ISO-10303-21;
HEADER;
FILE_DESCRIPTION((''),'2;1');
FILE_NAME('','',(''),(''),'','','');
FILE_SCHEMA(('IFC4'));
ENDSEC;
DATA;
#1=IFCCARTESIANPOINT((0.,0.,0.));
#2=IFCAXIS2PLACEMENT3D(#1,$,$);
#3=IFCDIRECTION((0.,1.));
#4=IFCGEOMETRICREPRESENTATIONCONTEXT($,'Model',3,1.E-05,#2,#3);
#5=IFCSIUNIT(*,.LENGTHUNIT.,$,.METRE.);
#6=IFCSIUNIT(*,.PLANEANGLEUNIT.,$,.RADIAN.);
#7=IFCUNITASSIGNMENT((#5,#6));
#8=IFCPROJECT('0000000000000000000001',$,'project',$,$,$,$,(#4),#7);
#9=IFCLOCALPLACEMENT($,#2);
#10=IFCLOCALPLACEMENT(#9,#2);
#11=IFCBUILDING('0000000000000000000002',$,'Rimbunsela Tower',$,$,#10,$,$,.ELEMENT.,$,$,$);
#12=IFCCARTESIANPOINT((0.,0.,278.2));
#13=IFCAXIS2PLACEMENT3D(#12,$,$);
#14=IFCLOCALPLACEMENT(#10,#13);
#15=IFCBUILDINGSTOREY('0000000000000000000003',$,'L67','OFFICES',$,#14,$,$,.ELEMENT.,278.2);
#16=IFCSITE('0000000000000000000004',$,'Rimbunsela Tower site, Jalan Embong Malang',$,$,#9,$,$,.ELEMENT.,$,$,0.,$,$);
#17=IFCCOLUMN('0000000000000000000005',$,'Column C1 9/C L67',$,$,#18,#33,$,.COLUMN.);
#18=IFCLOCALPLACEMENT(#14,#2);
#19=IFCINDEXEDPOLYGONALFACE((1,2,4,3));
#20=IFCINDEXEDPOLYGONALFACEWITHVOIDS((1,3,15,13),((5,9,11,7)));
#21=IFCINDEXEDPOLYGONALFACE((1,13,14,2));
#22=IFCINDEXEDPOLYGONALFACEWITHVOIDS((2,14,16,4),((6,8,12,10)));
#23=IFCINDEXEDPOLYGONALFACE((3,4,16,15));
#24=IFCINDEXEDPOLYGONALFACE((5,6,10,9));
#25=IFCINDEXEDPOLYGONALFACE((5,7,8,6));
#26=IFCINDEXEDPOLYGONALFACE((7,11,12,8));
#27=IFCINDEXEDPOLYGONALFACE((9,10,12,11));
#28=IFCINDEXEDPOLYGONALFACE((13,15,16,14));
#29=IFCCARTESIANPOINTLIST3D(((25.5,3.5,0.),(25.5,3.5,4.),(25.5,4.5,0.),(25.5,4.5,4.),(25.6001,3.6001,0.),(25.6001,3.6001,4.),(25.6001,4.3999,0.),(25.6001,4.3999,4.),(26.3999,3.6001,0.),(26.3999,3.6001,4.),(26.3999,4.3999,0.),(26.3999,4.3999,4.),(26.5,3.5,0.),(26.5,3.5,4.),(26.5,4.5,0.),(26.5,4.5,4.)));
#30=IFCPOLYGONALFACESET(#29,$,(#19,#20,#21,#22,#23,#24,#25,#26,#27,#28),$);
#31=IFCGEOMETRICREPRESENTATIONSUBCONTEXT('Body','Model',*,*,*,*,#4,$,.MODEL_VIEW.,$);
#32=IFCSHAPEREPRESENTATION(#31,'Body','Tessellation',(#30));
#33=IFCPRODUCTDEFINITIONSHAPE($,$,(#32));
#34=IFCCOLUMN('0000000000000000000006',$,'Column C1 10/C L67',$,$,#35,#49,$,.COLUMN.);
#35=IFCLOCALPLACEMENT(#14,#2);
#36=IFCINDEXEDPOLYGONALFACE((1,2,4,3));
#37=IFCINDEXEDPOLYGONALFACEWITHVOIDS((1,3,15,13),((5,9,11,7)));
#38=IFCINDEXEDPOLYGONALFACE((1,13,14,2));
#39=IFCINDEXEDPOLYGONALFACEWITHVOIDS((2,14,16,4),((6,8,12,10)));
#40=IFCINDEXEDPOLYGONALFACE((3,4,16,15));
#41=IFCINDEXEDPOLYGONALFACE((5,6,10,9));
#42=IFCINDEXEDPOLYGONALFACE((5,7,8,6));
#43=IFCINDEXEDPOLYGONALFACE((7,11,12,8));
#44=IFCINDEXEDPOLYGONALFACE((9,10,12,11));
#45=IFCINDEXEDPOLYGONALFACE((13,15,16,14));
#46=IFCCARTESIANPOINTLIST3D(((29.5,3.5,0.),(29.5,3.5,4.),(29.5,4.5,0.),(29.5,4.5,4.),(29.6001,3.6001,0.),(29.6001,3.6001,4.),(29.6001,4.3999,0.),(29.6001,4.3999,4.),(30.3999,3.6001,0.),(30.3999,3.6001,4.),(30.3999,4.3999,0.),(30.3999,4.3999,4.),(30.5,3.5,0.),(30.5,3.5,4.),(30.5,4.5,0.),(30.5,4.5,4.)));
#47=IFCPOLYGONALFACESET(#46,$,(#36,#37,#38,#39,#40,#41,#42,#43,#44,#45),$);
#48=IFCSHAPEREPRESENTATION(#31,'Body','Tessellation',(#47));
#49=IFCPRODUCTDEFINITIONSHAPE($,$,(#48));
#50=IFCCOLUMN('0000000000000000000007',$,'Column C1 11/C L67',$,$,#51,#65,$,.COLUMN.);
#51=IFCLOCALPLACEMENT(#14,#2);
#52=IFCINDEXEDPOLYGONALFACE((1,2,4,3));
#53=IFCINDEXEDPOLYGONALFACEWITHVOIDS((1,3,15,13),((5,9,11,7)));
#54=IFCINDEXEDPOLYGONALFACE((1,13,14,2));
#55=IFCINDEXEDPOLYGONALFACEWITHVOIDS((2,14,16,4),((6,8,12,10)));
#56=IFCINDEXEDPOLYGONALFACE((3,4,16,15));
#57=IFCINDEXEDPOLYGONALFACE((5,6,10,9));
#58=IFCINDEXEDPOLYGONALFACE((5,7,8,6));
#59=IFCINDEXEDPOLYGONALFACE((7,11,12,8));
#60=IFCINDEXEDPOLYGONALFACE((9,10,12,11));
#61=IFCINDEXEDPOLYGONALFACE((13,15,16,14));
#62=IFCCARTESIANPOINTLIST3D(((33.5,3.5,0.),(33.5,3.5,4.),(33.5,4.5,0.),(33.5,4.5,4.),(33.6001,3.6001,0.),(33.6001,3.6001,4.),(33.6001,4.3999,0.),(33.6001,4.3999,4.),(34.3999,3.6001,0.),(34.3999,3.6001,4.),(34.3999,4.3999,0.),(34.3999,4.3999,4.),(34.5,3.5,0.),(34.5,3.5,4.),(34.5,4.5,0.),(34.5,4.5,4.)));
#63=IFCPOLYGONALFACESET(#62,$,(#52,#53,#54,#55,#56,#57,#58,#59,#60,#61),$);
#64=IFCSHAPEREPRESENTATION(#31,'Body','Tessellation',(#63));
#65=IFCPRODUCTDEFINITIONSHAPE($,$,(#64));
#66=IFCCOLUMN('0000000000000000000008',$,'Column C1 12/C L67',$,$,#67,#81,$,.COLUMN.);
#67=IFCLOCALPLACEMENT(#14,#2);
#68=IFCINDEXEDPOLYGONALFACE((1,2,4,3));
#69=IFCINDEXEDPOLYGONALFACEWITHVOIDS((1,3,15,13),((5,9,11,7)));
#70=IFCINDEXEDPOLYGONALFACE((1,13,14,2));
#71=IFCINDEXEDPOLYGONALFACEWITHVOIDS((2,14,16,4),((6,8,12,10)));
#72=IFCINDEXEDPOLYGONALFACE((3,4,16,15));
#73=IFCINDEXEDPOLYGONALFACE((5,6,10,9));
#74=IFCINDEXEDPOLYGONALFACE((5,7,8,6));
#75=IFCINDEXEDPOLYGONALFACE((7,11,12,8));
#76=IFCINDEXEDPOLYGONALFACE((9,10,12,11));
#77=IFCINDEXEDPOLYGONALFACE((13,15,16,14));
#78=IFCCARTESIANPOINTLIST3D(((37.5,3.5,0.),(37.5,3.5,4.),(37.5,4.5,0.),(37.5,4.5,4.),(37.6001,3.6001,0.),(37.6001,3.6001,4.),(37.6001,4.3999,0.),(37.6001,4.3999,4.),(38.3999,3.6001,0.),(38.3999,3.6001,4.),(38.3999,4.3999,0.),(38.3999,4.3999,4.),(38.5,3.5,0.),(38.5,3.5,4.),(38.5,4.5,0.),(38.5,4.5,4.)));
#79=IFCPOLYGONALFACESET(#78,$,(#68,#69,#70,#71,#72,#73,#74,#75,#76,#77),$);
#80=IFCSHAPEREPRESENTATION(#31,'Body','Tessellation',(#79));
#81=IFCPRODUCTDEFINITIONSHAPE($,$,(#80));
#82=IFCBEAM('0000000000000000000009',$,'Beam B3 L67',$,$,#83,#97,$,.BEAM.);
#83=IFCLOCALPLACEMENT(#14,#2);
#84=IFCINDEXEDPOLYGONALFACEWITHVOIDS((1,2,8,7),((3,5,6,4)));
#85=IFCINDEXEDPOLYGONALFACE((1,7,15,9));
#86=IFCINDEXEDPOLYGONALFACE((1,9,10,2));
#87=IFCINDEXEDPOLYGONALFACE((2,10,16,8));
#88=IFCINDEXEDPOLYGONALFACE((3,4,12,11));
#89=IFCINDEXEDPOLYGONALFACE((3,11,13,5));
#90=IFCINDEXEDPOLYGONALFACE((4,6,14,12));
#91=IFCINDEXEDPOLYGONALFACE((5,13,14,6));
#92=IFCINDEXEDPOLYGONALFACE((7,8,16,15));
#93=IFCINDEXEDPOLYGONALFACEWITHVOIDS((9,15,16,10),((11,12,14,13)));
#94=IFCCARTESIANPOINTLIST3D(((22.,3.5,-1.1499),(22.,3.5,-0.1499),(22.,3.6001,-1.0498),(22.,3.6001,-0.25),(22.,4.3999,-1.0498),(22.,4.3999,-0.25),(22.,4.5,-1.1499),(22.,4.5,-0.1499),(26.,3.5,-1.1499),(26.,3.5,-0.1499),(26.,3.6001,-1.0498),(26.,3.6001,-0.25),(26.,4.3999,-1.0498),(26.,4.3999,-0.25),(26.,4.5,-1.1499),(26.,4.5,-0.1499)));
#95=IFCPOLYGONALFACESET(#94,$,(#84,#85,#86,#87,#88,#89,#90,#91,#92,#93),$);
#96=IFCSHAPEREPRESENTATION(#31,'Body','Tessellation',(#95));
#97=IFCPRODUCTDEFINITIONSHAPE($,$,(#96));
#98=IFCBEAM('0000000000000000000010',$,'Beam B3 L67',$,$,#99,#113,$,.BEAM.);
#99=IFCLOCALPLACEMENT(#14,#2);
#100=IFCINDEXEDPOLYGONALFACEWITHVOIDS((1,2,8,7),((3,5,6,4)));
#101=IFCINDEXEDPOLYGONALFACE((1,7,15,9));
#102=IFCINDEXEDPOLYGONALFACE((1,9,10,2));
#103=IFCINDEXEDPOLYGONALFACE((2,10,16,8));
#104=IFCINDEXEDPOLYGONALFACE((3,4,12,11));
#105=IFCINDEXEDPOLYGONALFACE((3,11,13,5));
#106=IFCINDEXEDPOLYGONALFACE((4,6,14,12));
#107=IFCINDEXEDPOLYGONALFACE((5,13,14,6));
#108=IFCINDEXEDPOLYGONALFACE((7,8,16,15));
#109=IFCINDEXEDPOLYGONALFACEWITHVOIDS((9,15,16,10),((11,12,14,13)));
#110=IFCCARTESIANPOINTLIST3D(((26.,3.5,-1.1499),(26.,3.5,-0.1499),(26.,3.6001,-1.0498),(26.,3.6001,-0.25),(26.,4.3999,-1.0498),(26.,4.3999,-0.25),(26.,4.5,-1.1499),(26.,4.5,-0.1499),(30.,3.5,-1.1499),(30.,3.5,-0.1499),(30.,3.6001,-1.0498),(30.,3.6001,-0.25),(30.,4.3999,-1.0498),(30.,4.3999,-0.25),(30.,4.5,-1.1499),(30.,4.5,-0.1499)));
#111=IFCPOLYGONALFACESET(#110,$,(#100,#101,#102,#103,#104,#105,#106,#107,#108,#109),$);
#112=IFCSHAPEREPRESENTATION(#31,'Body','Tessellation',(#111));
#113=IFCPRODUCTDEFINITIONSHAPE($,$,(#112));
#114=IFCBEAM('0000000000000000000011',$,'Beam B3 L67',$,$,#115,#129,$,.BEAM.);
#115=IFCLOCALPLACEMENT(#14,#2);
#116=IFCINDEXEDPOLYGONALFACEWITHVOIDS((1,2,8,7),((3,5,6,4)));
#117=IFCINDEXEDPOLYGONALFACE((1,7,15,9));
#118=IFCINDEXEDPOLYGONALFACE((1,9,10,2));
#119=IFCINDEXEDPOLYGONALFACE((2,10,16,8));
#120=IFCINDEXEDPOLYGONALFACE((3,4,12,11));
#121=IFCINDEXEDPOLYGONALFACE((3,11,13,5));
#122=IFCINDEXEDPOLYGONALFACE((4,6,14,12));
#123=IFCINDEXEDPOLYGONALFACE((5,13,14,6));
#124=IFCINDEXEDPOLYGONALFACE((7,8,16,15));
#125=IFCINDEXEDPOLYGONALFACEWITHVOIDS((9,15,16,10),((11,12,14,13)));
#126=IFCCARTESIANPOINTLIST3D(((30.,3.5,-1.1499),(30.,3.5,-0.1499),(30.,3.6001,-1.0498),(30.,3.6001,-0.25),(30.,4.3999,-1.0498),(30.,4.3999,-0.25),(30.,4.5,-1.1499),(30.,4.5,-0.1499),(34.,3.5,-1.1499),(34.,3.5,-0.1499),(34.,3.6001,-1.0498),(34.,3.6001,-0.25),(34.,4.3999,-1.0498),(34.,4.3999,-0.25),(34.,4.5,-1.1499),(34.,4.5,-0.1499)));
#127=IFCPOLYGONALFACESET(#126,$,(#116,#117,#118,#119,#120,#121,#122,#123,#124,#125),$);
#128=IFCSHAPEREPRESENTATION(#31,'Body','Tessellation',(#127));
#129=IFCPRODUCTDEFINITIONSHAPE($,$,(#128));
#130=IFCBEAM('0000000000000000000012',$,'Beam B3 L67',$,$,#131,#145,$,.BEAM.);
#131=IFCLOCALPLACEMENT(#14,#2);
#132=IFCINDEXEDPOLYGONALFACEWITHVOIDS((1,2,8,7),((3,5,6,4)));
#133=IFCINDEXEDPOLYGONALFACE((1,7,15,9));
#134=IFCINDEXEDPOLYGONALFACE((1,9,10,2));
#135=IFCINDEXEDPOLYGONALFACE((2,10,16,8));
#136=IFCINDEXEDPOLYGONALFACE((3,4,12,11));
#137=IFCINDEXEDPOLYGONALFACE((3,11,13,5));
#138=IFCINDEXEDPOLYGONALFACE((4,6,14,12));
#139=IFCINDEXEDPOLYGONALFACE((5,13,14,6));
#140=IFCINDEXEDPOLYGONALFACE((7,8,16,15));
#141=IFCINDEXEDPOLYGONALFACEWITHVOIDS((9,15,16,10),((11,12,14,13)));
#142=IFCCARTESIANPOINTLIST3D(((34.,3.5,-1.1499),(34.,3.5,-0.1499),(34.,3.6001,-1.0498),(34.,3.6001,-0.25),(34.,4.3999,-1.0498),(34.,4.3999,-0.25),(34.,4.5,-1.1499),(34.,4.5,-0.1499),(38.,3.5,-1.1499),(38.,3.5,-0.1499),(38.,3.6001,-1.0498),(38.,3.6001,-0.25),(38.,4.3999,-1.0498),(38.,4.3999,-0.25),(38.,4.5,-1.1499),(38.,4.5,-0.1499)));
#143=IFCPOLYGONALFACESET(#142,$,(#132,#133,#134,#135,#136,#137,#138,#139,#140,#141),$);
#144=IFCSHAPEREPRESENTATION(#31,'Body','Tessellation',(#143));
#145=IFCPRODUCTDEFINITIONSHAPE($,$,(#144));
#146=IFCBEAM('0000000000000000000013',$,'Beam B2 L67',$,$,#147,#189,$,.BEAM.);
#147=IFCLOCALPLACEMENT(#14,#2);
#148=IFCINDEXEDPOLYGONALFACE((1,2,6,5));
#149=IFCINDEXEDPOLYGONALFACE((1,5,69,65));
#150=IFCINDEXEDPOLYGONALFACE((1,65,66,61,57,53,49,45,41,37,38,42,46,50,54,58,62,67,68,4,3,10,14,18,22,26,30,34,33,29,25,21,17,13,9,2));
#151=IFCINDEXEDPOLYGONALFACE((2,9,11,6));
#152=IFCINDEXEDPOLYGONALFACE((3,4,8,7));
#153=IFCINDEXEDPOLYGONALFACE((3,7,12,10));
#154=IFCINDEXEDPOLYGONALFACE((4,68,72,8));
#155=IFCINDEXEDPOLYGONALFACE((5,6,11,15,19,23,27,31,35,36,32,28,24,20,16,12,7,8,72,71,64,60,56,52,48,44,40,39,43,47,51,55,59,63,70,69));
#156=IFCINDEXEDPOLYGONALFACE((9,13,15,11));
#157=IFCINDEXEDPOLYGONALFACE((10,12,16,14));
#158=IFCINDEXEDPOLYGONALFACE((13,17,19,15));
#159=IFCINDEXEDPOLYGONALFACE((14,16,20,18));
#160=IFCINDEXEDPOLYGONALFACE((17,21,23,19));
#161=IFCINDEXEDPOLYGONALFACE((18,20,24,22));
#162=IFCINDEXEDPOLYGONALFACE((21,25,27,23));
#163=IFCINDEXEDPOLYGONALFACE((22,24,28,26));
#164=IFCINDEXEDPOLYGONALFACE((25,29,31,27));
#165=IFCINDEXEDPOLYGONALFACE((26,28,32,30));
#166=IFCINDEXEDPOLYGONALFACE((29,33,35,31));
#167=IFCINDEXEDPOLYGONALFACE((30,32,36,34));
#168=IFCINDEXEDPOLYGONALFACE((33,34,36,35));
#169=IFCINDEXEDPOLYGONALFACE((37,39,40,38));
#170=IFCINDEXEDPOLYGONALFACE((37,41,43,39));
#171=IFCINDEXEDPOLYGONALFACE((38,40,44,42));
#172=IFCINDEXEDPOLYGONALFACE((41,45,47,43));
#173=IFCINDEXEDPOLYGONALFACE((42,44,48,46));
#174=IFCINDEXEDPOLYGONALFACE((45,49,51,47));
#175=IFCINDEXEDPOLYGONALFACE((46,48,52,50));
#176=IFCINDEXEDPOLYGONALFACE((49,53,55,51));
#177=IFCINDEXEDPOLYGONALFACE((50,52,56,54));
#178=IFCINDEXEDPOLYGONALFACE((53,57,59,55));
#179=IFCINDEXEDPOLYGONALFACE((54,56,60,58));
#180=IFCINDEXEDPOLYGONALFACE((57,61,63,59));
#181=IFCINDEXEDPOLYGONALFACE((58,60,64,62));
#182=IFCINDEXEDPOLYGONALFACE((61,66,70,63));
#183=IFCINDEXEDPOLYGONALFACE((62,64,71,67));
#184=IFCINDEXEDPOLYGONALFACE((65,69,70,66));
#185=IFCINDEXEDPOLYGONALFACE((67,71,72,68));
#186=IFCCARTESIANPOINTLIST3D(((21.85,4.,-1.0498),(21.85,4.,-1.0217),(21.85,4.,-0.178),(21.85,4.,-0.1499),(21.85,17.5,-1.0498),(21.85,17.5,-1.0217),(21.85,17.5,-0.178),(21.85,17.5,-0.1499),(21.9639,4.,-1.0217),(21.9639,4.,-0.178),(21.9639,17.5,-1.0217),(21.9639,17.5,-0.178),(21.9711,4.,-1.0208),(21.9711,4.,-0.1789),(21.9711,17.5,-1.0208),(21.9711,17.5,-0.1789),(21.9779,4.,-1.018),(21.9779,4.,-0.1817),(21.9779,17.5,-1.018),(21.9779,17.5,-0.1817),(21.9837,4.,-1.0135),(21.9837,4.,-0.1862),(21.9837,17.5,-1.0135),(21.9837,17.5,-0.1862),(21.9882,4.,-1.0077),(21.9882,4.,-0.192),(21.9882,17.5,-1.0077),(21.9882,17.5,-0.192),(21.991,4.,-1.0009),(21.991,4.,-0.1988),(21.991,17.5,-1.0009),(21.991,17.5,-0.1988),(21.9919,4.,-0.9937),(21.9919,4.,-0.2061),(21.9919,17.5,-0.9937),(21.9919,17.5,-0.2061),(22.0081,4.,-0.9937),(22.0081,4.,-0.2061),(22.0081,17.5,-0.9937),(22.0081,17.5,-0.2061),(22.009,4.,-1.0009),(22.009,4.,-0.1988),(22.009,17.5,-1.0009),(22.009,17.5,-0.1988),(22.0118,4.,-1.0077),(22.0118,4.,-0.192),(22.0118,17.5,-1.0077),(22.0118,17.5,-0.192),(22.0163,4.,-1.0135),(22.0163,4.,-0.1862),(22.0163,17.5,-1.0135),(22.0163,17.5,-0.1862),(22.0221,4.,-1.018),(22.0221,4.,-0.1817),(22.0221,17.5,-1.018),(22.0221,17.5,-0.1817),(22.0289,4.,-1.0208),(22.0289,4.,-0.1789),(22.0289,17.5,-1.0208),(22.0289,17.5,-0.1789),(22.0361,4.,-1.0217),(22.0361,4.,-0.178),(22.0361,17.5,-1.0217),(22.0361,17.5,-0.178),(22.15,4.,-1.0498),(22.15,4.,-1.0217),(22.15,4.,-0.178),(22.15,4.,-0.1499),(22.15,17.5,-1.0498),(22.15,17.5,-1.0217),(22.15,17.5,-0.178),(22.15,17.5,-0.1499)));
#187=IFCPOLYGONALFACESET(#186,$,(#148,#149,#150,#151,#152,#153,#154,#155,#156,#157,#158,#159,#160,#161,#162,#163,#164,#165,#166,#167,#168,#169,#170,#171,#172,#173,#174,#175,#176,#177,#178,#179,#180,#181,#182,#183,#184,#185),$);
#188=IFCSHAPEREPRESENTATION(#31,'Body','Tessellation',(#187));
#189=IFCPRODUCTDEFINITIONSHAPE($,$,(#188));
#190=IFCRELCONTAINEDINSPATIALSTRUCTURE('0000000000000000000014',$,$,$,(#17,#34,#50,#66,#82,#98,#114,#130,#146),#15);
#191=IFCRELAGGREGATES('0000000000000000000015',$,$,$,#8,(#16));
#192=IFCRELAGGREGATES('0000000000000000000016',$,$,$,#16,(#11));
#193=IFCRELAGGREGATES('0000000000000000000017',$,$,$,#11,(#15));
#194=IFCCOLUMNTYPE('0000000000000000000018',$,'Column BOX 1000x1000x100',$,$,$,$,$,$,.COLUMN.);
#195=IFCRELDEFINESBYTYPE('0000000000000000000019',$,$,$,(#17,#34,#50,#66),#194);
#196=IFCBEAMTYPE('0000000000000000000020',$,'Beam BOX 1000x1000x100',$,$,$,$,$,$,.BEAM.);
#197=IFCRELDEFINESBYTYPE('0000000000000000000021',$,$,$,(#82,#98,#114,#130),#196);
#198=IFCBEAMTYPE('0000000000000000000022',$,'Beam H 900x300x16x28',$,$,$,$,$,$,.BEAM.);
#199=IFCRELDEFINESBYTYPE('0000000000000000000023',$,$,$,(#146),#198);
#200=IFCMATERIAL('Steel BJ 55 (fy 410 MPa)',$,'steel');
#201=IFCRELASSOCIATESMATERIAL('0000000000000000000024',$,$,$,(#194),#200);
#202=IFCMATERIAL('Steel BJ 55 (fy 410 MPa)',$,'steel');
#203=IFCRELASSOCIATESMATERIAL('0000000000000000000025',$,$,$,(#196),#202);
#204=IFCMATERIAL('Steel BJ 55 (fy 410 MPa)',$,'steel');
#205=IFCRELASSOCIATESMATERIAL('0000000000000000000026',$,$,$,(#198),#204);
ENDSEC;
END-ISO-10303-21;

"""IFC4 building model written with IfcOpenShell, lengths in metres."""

from ifc_helpers import new_model, si_unit, direction, frame, origin, origin_2d, place, context, subcontext, project, spatial, hollow_rectangle, i_section, extrude, material, material_profile, profile_set, type_object, element, save


model = new_model("IFC4")

# Units and contexts
model_context = context("Model", 3, precision=1e-05, world=origin(), true_north=direction((0.0, 1.0)))
body_context = subcontext(model_context, "Body", "Model", "MODEL_VIEW")
ifc_project = project(units=[si_unit("LENGTHUNIT", "METRE"), si_unit("PLANEANGLEUNIT", "RADIAN")], contexts=[model_context])

# Site, building, storey
site_placement = place(None, origin())
site = spatial("IfcSite", under=ifc_project, at=site_placement, Name="Rimbunsela Tower site, Jalan Embong Malang", CompositionType="ELEMENT", RefElevation=0.0)
building_placement = place(site_placement, origin())
building = spatial("IfcBuilding", under=site, at=building_placement, Name="Rimbunsela Tower", CompositionType="ELEMENT")
storey_placement = place(building_placement, frame((0.0, 0.0, 278.2)))
storey = spatial("IfcBuildingStorey", under=building, at=storey_placement, Name="L67", Description="OFFICES", CompositionType="ELEMENT", Elevation=278.2)

# Columns
ifc_material_1 = material(Name="Steel BJ 55 (fy 410 MPa)", Category="steel")
ifc_material_profile_1 = material_profile(ifc_material_1, hollow_rectangle(XDim=1.0, YDim=1.0, WallThickness=0.1001, at=origin_2d()), Name="BOX 1000x1000x100")
ifc_profile_set_1 = profile_set([ifc_material_profile_1], Name="Steel BJ 55 (fy 410 MPa)")
column_type = type_object("IfcColumnType", Name="Column BOX 1000x1000x100", PredefinedType="COLUMN", material=ifc_profile_set_1)
for number, where, z_axis, x_axis, name in (
    (1, (26.0, 4.0, 0.0), (0.0, 0.0, 1.0), (1.0, 0.0, 0.0), "Column C1 9/C L67"),
    (2, (30.0, 4.0, 0.0), (0.0, 0.0, 1.0), (1.0, 0.0, 0.0), "Column C1 10/C L67"),
    (3, (34.0, 4.0, 0.0), (0.0, 0.0, 1.0), (1.0, 0.0, 0.0), "Column C1 11/C L67"),
    (4, (38.0, 4.0, 0.0), (0.0, 0.0, 1.0), (1.0, 0.0, 0.0), "Column C1 12/C L67"),
):
    element("IfcColumn", number, at=place(storey_placement, frame(where, z_axis=z_axis, x_axis=x_axis)), inside=storey, type_object=column_type, Name=name, PredefinedType="COLUMN", context=body_context, shape_type="SweptSolid", body=[
        extrude(hollow_rectangle(XDim=1.0, YDim=1.0, WallThickness=0.1001, at=origin_2d()), origin(), (0.0, 0.0, 1.0), 4.0),
    ])

# Beams
ifc_material_2 = material(Name="Steel BJ 55 (fy 410 MPa)", Category="steel")
ifc_material_profile_2 = material_profile(ifc_material_2, hollow_rectangle(XDim=1.0, YDim=1.0, WallThickness=0.1001, at=origin_2d()), Name="BOX 1000x1000x100")
ifc_profile_set_2 = profile_set([ifc_material_profile_2], Name="Steel BJ 55 (fy 410 MPa)")
beam_type_1 = type_object("IfcBeamType", Name="Beam BOX 1000x1000x100", PredefinedType="BEAM", material=ifc_profile_set_2)
for number, where, z_axis, x_axis, name in (
    (5, (22.0, 4.0, -0.6499), (1.0, 0.0, 0.0), (0.0, 1.0, 0.0), "Beam B3 L67"),
    (6, (26.0, 4.0, -0.6499), (1.0, 0.0, 0.0), (0.0, 1.0, 0.0), "Beam B3 L67"),
    (7, (30.0, 4.0, -0.6499), (1.0, 0.0, 0.0), (0.0, 1.0, 0.0), "Beam B3 L67"),
    (8, (34.0, 4.0, -0.6499), (1.0, 0.0, 0.0), (0.0, 1.0, 0.0), "Beam B3 L67"),
):
    element("IfcBeam", number, at=place(storey_placement, frame(where, z_axis=z_axis, x_axis=x_axis)), inside=storey, type_object=beam_type_1, Name=name, PredefinedType="BEAM", context=body_context, shape_type="SweptSolid", body=[
        extrude(hollow_rectangle(XDim=1.0, YDim=1.0, WallThickness=0.1001, at=origin_2d()), origin(), (0.0, 0.0, 1.0), 4.0),
    ])
ifc_material_3 = material(Name="Steel BJ 55 (fy 410 MPa)", Category="steel")
ifc_material_profile_3 = material_profile(ifc_material_3, i_section(OverallWidth=0.3, OverallDepth=0.8999, WebThickness=0.0161, FlangeThickness=0.0281, FilletRadius=0.0281, at=origin_2d()), Name="H 900x300x16x28")
ifc_profile_set_3 = profile_set([ifc_material_profile_3], Name="Steel BJ 55 (fy 410 MPa)")
beam_type_2 = type_object("IfcBeamType", Name="Beam H 900x300x16x28", PredefinedType="BEAM", material=ifc_profile_set_3)
for number, where, z_axis, x_axis, name in (
    (9, (22.0, 4.0, -0.5999), (0.0, 1.0, 0.0), (-1.0, 0.0, 0.0), "Beam B2 L67"),
):
    element("IfcBeam", number, at=place(storey_placement, frame(where, z_axis=z_axis, x_axis=x_axis)), inside=storey, type_object=beam_type_2, Name=name, PredefinedType="BEAM", context=body_context, shape_type="SweptSolid", body=[
        extrude(i_section(OverallWidth=0.3, OverallDepth=0.8999, WebThickness=0.0161, FlangeThickness=0.0281, FilletRadius=0.0281, at=origin_2d()), origin(), (0.0, 0.0, 1.0), 13.5),
    ])

save(model, "model.ifc")
